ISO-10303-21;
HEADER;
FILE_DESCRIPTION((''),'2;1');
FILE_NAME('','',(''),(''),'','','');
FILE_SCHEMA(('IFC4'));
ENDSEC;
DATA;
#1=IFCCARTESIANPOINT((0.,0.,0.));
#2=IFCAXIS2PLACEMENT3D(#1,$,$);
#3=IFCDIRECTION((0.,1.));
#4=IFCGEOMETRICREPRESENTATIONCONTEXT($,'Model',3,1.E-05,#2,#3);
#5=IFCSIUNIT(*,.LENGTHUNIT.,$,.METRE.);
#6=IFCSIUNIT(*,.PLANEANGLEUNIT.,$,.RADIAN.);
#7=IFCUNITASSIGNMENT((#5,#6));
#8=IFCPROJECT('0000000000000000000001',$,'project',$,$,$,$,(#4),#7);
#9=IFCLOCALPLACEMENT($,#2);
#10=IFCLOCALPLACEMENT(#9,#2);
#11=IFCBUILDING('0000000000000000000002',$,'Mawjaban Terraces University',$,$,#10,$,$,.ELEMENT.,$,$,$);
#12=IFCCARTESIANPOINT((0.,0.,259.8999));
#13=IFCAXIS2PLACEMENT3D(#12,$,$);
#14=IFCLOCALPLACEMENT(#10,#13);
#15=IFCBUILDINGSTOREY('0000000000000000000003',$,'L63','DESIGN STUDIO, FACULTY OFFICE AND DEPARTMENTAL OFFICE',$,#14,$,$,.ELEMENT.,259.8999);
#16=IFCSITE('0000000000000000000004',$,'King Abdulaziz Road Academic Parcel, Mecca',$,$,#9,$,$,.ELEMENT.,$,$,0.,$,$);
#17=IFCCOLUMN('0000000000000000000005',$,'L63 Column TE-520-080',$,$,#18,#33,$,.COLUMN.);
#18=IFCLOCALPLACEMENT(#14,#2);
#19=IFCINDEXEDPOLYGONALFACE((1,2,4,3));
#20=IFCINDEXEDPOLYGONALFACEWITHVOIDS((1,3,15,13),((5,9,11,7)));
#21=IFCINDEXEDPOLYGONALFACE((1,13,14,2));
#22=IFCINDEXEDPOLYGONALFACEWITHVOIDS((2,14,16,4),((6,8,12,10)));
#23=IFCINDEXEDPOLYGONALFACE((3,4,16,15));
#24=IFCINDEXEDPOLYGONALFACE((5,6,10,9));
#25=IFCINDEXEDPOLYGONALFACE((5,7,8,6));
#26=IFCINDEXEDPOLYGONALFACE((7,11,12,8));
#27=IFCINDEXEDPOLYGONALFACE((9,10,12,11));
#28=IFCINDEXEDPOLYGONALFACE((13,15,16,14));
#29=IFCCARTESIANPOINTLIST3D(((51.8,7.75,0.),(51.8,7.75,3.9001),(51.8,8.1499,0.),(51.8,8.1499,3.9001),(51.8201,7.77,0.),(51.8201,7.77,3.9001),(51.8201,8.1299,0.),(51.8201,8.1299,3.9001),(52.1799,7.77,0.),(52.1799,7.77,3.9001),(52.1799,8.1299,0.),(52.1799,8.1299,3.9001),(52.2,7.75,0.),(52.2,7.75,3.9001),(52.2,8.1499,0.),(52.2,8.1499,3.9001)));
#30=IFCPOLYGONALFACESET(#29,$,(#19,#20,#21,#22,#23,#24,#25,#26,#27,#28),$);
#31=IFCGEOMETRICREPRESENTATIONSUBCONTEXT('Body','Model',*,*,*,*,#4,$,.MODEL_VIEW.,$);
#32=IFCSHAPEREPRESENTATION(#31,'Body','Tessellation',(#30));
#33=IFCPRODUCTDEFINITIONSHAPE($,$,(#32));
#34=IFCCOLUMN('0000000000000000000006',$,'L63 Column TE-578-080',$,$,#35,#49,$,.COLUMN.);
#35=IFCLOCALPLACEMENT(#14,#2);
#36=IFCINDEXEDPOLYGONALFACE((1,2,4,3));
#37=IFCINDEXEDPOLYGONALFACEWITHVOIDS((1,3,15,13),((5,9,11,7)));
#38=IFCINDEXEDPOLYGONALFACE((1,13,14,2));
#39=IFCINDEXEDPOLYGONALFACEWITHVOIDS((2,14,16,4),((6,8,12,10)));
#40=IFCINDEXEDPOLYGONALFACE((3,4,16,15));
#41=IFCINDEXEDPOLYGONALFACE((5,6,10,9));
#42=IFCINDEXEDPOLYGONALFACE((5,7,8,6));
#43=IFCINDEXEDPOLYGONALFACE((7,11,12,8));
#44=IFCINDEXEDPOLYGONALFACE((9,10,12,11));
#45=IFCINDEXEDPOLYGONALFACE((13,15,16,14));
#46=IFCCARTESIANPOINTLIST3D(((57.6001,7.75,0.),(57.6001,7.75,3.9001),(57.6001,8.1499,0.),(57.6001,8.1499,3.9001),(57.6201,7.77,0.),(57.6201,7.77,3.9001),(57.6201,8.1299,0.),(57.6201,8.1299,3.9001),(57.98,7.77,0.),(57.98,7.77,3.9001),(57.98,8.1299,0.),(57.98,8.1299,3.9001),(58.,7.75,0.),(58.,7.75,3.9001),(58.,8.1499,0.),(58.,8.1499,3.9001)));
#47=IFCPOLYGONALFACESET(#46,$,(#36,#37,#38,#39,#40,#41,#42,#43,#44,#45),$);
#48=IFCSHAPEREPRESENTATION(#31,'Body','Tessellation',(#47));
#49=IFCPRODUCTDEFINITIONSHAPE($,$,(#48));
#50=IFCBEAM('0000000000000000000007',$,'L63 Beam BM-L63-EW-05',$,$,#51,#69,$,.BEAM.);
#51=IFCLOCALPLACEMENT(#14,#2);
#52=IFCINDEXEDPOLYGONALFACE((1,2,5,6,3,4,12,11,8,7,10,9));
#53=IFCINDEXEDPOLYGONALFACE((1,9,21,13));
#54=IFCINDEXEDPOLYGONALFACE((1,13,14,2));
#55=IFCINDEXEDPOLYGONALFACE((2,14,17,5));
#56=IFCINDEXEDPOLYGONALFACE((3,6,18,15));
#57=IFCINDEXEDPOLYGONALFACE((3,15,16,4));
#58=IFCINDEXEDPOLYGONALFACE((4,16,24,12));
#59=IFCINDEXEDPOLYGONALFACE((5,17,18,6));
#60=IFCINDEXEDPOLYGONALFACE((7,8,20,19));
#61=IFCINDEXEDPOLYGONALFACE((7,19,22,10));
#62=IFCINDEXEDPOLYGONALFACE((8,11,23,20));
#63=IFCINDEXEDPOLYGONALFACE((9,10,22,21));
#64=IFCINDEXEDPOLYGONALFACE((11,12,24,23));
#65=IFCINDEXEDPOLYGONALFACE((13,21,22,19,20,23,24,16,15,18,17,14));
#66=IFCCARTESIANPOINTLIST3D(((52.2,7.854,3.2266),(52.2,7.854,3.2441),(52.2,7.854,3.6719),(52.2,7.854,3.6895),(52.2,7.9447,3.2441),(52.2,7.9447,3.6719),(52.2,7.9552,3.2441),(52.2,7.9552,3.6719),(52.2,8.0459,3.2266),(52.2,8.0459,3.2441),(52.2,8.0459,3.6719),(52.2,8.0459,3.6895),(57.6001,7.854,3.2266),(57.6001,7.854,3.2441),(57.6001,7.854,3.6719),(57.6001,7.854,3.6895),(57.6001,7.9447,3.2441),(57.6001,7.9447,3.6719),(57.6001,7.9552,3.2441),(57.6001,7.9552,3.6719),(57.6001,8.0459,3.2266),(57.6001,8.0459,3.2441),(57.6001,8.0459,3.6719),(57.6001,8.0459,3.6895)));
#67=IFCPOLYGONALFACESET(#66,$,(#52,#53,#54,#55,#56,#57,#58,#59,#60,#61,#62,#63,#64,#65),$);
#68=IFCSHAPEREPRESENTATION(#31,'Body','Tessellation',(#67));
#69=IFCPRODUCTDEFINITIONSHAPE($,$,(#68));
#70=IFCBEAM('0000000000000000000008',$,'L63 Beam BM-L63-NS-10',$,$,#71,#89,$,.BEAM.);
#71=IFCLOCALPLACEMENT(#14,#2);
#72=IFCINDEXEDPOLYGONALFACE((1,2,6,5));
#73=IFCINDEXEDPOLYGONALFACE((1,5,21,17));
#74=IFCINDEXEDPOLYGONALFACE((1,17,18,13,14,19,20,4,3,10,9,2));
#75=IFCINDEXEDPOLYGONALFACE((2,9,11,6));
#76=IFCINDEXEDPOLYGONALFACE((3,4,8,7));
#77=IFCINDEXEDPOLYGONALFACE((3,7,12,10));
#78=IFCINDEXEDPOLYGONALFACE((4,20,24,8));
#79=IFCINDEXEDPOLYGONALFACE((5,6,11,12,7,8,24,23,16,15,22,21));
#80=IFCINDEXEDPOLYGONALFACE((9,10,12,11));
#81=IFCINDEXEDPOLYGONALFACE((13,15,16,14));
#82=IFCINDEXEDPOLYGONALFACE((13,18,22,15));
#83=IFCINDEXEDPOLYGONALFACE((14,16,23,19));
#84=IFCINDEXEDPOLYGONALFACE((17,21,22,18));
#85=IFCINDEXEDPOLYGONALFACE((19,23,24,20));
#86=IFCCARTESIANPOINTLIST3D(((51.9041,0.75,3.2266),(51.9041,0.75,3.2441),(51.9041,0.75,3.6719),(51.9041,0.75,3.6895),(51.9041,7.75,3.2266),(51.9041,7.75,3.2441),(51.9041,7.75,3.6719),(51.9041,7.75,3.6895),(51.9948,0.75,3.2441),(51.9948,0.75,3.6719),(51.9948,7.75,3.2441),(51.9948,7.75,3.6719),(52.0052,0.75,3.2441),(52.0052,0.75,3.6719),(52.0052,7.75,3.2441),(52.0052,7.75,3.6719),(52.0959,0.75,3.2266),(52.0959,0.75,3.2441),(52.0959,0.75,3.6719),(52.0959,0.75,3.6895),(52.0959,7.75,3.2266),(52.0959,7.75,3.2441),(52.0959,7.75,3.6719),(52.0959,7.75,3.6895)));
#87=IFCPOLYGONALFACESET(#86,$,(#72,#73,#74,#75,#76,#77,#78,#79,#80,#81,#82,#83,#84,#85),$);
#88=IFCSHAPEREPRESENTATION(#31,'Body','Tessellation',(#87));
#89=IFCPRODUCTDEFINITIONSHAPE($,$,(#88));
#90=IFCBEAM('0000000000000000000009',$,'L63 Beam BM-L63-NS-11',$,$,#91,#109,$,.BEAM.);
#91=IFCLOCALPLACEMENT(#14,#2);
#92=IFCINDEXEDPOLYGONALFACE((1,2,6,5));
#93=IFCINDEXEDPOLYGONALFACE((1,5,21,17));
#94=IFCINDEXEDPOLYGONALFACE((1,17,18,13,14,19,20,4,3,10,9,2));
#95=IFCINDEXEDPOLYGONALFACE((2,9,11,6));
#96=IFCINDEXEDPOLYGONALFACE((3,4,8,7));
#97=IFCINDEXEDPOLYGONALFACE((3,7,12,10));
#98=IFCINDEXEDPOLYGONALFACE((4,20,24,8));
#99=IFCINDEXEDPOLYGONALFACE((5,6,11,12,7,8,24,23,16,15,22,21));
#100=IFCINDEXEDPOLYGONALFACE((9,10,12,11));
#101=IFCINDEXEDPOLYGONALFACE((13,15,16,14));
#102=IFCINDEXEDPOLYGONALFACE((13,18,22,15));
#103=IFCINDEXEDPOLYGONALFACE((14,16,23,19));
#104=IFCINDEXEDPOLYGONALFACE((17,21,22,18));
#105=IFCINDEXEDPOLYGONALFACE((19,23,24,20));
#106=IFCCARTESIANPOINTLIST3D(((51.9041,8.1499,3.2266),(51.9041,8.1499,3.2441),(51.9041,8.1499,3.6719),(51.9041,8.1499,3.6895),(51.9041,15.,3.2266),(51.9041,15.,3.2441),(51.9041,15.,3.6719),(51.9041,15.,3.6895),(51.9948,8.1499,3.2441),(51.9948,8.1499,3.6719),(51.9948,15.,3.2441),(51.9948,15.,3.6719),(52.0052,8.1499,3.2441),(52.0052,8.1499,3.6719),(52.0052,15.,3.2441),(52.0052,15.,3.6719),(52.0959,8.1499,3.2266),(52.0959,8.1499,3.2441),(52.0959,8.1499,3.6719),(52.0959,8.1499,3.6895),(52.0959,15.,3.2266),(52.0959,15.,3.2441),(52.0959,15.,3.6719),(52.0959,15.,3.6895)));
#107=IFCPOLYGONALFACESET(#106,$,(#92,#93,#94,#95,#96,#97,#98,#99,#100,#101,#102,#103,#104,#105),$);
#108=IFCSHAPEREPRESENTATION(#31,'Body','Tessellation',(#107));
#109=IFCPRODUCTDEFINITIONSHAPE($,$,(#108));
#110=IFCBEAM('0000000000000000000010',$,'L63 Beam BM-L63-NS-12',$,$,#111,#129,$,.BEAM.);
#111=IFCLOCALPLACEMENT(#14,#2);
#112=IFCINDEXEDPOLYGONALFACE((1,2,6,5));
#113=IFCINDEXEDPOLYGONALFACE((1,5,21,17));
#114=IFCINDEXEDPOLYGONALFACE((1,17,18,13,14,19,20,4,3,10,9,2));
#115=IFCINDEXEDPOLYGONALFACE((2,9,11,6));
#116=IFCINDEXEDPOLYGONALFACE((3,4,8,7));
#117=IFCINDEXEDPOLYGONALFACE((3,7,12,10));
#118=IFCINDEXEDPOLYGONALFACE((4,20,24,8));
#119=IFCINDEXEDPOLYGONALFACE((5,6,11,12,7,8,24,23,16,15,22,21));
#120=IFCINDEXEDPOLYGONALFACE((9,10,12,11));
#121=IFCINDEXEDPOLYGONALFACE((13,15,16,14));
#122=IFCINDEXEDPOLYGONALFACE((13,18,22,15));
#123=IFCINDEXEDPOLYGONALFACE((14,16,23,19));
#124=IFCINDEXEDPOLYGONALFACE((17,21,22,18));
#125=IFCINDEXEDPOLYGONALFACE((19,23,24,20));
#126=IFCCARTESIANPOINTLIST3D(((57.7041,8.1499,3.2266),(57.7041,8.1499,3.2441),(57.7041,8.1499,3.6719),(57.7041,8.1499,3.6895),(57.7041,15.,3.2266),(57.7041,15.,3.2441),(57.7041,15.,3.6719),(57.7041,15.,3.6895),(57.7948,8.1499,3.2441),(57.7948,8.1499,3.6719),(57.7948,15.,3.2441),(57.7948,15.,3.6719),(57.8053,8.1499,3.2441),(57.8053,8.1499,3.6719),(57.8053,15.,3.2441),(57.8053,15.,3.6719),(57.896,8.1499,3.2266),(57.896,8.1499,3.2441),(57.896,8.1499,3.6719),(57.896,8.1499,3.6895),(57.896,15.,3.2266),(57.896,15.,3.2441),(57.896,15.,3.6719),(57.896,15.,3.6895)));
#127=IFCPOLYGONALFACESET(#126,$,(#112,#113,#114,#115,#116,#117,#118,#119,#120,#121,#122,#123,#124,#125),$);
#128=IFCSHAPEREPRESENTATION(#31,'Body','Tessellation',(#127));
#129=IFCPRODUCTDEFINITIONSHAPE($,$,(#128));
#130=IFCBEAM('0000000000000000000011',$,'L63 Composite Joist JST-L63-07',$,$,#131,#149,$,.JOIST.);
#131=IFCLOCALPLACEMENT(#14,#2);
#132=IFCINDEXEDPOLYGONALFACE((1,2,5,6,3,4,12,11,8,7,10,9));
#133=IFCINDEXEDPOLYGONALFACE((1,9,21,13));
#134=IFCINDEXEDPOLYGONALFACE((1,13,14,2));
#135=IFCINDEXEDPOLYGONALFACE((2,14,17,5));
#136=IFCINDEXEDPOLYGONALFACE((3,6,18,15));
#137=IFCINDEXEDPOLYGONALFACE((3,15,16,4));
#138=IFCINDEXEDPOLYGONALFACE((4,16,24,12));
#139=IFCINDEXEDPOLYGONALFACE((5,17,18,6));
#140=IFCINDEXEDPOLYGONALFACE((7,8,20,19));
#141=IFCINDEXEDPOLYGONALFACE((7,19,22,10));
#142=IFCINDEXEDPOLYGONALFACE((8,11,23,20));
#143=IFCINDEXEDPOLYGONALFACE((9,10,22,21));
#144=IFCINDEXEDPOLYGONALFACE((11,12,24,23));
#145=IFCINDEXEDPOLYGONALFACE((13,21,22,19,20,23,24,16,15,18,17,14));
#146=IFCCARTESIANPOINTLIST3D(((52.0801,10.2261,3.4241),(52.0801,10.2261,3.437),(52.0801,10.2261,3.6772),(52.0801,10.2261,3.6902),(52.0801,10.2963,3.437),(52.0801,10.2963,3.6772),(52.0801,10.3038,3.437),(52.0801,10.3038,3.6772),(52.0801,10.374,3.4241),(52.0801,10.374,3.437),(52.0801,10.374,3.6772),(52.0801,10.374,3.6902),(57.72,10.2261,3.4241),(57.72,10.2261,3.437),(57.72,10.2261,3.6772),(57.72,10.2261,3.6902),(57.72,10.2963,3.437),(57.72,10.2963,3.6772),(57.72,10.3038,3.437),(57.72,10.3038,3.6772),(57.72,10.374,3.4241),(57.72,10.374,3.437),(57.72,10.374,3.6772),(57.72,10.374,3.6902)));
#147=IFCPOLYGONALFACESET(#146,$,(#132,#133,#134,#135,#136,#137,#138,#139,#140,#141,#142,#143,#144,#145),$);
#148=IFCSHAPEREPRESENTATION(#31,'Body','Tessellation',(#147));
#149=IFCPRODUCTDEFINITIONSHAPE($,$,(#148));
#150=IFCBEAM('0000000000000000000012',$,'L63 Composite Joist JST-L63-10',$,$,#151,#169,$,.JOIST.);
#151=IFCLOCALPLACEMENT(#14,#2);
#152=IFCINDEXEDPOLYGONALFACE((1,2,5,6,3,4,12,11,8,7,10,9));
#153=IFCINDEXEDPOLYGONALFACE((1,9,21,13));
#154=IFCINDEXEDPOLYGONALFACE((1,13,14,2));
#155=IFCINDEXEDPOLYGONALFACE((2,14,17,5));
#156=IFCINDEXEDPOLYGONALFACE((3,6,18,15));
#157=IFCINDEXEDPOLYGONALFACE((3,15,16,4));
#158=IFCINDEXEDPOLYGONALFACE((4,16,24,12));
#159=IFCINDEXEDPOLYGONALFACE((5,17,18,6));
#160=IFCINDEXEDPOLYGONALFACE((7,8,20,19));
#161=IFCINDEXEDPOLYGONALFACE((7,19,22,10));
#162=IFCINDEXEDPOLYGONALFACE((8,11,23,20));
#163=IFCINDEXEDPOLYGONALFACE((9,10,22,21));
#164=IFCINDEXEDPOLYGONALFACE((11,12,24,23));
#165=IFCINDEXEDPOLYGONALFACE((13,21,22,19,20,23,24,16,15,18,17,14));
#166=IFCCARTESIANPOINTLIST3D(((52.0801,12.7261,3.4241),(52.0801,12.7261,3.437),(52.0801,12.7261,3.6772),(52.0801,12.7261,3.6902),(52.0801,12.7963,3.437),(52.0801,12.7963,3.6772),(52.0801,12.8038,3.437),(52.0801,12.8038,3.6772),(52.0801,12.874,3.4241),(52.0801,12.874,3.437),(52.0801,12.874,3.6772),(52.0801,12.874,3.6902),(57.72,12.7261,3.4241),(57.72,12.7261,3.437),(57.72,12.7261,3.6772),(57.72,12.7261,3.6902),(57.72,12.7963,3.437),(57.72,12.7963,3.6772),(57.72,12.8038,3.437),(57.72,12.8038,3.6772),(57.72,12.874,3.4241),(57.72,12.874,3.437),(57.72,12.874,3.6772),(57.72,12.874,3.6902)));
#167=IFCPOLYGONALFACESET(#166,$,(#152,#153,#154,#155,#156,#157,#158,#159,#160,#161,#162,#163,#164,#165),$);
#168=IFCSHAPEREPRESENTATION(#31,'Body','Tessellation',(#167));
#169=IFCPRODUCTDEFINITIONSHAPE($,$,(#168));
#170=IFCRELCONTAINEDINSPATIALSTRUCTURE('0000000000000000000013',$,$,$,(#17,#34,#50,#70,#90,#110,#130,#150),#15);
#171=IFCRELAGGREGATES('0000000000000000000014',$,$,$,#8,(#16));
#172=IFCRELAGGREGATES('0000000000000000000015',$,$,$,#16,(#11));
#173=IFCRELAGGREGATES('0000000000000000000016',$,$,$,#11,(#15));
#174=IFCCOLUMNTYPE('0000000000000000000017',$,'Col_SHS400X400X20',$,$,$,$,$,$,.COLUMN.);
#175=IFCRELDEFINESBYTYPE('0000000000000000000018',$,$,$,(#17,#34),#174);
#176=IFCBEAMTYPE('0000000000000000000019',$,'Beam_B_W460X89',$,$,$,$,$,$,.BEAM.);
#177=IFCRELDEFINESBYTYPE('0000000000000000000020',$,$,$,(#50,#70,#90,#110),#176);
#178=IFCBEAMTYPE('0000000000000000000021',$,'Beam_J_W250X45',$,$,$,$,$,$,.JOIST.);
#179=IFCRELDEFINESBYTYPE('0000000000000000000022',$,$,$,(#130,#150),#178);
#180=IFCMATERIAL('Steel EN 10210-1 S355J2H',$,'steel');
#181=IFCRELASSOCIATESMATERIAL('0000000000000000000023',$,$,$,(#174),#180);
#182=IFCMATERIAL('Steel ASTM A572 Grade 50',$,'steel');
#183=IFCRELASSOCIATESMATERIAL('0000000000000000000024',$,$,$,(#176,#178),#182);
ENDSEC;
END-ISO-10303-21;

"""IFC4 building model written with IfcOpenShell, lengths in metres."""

from ifc_helpers import new_model, si_unit, direction, frame, origin, origin_2d, place, context, subcontext, project, spatial, hollow_rectangle, i_section, extrude, material, material_profile, profile_set, type_object, element, save


model = new_model("IFC4")

# Units and contexts
model_context = context("Model", 3, precision=1e-05, world=origin(), true_north=direction((0.0, 1.0)))
body_context = subcontext(model_context, "Body", "Model", "MODEL_VIEW")
ifc_project = project(units=[si_unit("LENGTHUNIT", "METRE"), si_unit("PLANEANGLEUNIT", "RADIAN")], contexts=[model_context])

# Site, building, storey
site_placement = place(None, origin())
site = spatial("IfcSite", under=ifc_project, at=site_placement, Name="King Abdulaziz Road Academic Parcel, Mecca", CompositionType="ELEMENT", RefElevation=0.0)
building_placement = place(site_placement, origin())
building = spatial("IfcBuilding", under=site, at=building_placement, Name="Mawjaban Terraces University", CompositionType="ELEMENT")
storey_placement = place(building_placement, frame((0.0, 0.0, 259.8999)))
storey = spatial("IfcBuildingStorey", under=building, at=storey_placement, Name="L63", Description="DESIGN STUDIO, FACULTY OFFICE AND DEPARTMENTAL OFFICE", CompositionType="ELEMENT", Elevation=259.8999)

# Columns
ifc_material_1 = material(Name="Steel EN 10210-1 S355J2H", Category="steel")
ifc_material_profile_1 = material_profile(ifc_material_1, hollow_rectangle(XDim=0.3999, YDim=0.3999, WallThickness=0.02, at=origin_2d()), Name="SHS400X400X20")
ifc_profile_set_1 = profile_set([ifc_material_profile_1], Name="Steel EN 10210-1 S355J2H")
column_type = type_object("IfcColumnType", Name="Col_SHS400X400X20", PredefinedType="COLUMN", material=ifc_profile_set_1)
for number, where, z_axis, x_axis, name in (
    (1, (52.0, 7.95, 0.0), (0.0, 0.0, 1.0), (1.0, 0.0, 0.0), "L63 Column TE-520-080"),
    (2, (57.8, 7.95, 0.0), (0.0, 0.0, 1.0), (1.0, 0.0, 0.0), "L63 Column TE-578-080"),
):
    element("IfcColumn", number, at=place(storey_placement, frame(where, z_axis=z_axis, x_axis=x_axis)), inside=storey, type_object=column_type, Name=name, PredefinedType="COLUMN", context=body_context, shape_type="SweptSolid", body=[
        extrude(hollow_rectangle(XDim=0.3999, YDim=0.3999, WallThickness=0.02, at=origin_2d()), origin(), (0.0, 0.0, 1.0), 3.9001),
    ])

# Beams
ifc_material_2 = material(Name="Steel ASTM A572 Grade 50", Category="steel")
ifc_material_profile_2 = material_profile(ifc_material_2, i_section(OverallWidth=0.1919, OverallDepth=0.4629, WebThickness=0.0105, FlangeThickness=0.0176, at=origin_2d()), Name="W460X89")
ifc_profile_set_2 = profile_set([ifc_material_profile_2], Name="Steel ASTM A572 Grade 50")
beam_type_1 = type_object("IfcBeamType", Name="Beam_B_W460X89", PredefinedType="BEAM", material=ifc_profile_set_2)
beam_1_placement = place(storey_placement, frame((52.2, 7.95, 3.458), z_axis=(1.0, 0.0, 0.0), x_axis=(0.0, 1.0, 0.0)))
element("IfcBeam", 3, at=beam_1_placement, inside=storey, type_object=beam_type_1, Name="L63 Beam BM-L63-EW-05", PredefinedType="BEAM", context=body_context, shape_type="SweptSolid", body=[
    extrude(i_section(OverallWidth=0.1919, OverallDepth=0.4629, WebThickness=0.0105, FlangeThickness=0.0176, at=origin_2d()), origin(), (0.0, 0.0, 1.0), 5.4001),
])
beam_2_placement = place(storey_placement, frame((52.0, 0.75, 3.458), z_axis=(0.0, 1.0, 0.0), x_axis=(-1.0, 0.0, 0.0)))
element("IfcBeam", 4, at=beam_2_placement, inside=storey, type_object=beam_type_1, Name="L63 Beam BM-L63-NS-10", PredefinedType="BEAM", context=body_context, shape_type="SweptSolid", body=[
    extrude(i_section(OverallWidth=0.1919, OverallDepth=0.4629, WebThickness=0.0105, FlangeThickness=0.0176, at=origin_2d()), origin(), (0.0, 0.0, 1.0), 7.0),
])
for number, where, z_axis, x_axis, name in (
    (5, (52.0, 8.1499, 3.458), (0.0, 1.0, 0.0), (-1.0, 0.0, 0.0), "L63 Beam BM-L63-NS-11"),
    (6, (57.8, 8.1499, 3.458), (0.0, 1.0, 0.0), (-1.0, 0.0, 0.0), "L63 Beam BM-L63-NS-12"),
):
    element("IfcBeam", number, at=place(storey_placement, frame(where, z_axis=z_axis, x_axis=x_axis)), inside=storey, type_object=beam_type_1, Name=name, PredefinedType="BEAM", context=body_context, shape_type="SweptSolid", body=[
        extrude(i_section(OverallWidth=0.1919, OverallDepth=0.4629, WebThickness=0.0105, FlangeThickness=0.0176, at=origin_2d()), origin(), (0.0, 0.0, 1.0), 6.8501),
    ])
ifc_material_profile_3 = material_profile(ifc_material_2, i_section(OverallWidth=0.1479, OverallDepth=0.2661, WebThickness=0.0076, FlangeThickness=0.0129, at=origin_2d()), Name="W250X45")
ifc_profile_set_3 = profile_set([ifc_material_profile_3], Name="Steel ASTM A572 Grade 50")
beam_type_2 = type_object("IfcBeamType", Name="Beam_J_W250X45", PredefinedType="JOIST", material=ifc_profile_set_3)
for number, where, z_axis, x_axis, name in (
    (7, (52.0801, 10.3, 3.5571), (1.0, 0.0, 0.0), (0.0, 1.0, 0.0), "L63 Composite Joist JST-L63-07"),
    (8, (52.0801, 12.8, 3.5571), (1.0, 0.0, 0.0), (0.0, 1.0, 0.0), "L63 Composite Joist JST-L63-10"),
):
    element("IfcBeam", number, at=place(storey_placement, frame(where, z_axis=z_axis, x_axis=x_axis)), inside=storey, type_object=beam_type_2, Name=name, PredefinedType="JOIST", context=body_context, shape_type="SweptSolid", body=[
        extrude(i_section(OverallWidth=0.1479, OverallDepth=0.2661, WebThickness=0.0076, FlangeThickness=0.0129, at=origin_2d()), origin(), (0.0, 0.0, 1.0), 5.6399),
    ])

save(model, "model.ifc")
